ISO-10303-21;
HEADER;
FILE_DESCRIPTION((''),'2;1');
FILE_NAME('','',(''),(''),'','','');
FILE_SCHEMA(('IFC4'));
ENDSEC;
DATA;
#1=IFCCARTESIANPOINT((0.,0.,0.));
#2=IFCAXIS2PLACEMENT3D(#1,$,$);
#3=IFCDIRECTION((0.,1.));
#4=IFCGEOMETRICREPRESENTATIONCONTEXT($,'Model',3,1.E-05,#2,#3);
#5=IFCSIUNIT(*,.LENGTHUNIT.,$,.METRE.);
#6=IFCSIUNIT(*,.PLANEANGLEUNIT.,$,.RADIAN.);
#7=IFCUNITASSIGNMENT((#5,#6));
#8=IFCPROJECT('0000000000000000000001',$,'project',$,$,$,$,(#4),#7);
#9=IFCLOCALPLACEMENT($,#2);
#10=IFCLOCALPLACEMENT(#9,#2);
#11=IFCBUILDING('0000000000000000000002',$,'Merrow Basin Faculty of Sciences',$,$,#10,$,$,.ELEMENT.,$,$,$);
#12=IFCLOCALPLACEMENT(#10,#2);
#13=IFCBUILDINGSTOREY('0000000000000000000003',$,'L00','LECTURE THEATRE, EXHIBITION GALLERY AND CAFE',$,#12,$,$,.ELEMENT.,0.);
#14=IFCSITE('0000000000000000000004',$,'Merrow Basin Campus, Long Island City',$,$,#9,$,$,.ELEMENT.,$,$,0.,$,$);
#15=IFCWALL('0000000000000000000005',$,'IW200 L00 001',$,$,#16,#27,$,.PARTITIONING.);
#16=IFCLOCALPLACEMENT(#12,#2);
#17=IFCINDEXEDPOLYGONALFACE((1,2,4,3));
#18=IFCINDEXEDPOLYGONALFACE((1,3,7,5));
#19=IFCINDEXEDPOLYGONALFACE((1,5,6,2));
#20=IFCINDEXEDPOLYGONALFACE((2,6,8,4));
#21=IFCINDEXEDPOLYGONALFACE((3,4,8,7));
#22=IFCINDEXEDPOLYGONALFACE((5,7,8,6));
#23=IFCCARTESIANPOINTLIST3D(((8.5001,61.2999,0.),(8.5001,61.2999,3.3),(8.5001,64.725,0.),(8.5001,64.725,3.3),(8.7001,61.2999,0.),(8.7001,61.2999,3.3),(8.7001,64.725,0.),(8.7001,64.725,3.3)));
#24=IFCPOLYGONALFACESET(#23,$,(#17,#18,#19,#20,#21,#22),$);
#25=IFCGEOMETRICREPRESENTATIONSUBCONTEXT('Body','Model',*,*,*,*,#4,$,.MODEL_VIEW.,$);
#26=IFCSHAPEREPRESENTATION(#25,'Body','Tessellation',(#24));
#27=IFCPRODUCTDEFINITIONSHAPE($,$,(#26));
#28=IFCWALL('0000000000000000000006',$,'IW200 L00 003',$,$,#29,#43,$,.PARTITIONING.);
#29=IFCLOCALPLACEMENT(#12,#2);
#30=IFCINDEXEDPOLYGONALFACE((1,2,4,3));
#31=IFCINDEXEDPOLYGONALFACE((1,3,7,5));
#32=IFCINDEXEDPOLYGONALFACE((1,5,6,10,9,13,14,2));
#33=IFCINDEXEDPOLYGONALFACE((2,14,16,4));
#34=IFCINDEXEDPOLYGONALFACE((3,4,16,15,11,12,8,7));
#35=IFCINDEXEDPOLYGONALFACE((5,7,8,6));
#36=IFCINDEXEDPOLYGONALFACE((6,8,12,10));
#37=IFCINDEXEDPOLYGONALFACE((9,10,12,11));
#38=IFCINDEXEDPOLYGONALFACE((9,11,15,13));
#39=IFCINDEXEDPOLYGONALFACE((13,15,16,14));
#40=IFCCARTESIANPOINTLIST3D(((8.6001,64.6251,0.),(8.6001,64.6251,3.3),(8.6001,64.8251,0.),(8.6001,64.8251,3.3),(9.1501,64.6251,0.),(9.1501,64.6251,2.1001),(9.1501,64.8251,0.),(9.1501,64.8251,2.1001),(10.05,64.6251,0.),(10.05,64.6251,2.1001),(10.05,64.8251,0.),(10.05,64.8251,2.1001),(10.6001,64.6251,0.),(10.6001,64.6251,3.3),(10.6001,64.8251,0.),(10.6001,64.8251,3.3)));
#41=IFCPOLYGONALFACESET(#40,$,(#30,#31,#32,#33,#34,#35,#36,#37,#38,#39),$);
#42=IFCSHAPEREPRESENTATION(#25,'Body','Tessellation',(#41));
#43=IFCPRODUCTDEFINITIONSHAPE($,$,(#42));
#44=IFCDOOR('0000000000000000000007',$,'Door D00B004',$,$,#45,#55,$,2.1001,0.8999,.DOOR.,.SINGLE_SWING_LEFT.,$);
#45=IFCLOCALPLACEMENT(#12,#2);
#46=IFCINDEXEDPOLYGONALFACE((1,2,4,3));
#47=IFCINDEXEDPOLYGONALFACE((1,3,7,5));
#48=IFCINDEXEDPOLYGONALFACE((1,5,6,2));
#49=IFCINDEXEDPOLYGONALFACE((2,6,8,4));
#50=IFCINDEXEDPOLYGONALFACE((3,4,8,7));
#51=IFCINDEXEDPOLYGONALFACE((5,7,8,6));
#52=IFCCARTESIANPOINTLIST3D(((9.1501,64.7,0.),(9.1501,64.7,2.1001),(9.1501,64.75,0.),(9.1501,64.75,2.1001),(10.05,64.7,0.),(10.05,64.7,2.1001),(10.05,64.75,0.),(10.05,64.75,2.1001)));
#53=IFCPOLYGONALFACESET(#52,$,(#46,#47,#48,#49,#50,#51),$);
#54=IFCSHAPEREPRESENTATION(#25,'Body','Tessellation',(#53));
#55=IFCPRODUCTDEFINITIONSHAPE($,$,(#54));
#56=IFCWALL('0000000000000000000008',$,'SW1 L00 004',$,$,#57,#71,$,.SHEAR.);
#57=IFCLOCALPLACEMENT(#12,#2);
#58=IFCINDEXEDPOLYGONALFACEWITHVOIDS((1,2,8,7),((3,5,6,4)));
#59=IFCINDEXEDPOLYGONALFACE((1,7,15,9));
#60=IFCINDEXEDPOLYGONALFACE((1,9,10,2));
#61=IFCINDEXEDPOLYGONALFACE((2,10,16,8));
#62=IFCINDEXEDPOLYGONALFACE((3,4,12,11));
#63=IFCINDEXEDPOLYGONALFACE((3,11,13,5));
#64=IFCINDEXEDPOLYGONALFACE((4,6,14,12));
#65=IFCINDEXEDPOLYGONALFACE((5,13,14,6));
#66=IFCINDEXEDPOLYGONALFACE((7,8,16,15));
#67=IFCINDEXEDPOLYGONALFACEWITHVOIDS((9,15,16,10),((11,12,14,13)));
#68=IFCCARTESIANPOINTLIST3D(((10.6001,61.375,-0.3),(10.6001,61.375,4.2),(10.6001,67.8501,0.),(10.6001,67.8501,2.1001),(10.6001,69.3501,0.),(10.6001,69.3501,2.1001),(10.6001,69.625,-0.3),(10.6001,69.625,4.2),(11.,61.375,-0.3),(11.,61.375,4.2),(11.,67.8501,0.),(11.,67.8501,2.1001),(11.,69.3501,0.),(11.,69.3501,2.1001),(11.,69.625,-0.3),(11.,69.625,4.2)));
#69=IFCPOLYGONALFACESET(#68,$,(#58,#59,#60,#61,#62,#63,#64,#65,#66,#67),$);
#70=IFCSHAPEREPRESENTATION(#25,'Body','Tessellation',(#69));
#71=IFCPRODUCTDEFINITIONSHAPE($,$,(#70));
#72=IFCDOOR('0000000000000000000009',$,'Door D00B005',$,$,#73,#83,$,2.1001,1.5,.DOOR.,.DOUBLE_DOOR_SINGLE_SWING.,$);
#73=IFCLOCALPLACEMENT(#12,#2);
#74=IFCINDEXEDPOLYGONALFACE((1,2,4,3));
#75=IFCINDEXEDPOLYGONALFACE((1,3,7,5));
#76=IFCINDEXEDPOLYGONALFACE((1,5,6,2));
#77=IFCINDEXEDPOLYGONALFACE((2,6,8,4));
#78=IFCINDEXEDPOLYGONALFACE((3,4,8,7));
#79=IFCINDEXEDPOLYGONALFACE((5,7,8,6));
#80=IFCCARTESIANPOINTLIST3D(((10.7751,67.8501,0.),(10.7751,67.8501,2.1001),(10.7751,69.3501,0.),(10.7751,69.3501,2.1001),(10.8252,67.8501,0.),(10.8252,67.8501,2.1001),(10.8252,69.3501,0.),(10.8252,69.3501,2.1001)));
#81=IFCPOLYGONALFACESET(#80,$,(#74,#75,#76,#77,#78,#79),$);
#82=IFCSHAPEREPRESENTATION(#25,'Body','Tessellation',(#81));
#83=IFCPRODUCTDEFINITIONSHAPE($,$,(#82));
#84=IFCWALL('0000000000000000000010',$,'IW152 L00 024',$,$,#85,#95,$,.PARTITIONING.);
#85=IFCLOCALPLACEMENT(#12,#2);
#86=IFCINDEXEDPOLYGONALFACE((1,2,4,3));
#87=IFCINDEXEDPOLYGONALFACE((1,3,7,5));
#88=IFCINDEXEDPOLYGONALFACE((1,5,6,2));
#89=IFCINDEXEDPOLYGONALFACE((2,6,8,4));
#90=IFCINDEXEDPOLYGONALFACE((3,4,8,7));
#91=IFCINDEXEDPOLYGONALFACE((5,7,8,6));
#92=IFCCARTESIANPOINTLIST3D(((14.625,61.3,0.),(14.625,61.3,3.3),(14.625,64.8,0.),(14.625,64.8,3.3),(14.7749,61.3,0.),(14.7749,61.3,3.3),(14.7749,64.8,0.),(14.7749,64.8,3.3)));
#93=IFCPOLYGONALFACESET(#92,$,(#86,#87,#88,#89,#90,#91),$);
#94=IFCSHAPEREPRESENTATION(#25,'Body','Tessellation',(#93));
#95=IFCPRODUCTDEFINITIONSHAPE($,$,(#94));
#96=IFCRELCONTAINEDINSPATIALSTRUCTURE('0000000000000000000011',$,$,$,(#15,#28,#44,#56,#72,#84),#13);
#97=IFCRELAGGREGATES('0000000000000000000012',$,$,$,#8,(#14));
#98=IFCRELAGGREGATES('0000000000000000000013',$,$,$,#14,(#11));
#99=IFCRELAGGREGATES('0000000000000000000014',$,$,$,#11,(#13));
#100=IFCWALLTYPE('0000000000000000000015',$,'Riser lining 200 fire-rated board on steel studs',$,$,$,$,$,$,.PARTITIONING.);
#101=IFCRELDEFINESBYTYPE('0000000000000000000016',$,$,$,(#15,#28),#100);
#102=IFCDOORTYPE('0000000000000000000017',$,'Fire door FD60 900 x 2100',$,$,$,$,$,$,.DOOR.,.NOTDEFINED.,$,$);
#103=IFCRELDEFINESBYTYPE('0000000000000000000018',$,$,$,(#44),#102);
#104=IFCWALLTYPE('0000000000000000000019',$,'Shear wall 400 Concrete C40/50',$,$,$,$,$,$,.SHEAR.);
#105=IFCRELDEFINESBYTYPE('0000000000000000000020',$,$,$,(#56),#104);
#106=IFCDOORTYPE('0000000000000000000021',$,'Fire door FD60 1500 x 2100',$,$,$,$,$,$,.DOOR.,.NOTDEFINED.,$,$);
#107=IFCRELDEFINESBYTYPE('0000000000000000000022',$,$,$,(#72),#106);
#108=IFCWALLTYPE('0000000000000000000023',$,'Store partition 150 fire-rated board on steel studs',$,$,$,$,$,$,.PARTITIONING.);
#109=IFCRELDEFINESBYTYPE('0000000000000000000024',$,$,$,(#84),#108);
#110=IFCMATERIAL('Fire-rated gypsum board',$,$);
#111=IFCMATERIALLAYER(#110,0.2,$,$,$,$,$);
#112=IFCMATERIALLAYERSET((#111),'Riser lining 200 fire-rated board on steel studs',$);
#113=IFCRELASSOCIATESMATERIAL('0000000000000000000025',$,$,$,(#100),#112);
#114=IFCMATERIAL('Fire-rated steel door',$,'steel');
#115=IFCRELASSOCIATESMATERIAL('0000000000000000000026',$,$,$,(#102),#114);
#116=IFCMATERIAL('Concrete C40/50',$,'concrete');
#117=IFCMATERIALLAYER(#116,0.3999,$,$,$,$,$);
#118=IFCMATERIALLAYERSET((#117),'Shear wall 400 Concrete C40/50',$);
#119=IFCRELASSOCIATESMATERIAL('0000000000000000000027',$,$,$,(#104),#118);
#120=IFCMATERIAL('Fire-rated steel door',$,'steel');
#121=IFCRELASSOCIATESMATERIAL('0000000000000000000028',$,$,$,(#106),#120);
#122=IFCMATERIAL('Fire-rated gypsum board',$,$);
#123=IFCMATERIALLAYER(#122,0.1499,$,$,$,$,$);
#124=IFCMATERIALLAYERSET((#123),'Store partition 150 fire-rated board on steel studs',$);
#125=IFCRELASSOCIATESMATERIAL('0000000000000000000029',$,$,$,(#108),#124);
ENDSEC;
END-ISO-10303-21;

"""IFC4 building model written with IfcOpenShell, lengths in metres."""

from ifc_helpers import new_model, si_unit, direction, frame, frame_2d, origin, place, context, subcontext, project, spatial, rectangle, extrude, material, layer, layer_set, type_object, element, fill, save


model = new_model("IFC4")

# Units and contexts
model_context = context("Model", 3, precision=1e-05, world=origin(), true_north=direction((0.0, 1.0)))
body_context = subcontext(model_context, "Body", "Model", "MODEL_VIEW")
ifc_project = project(units=[si_unit("LENGTHUNIT", "METRE"), si_unit("PLANEANGLEUNIT", "RADIAN")], contexts=[model_context])

# Site, building, storey
site_placement = place(None, origin())
site = spatial("IfcSite", under=ifc_project, at=site_placement, Name="Merrow Basin Campus, Long Island City", CompositionType="ELEMENT", RefElevation=0.0)
building_placement = place(site_placement, origin())
building = spatial("IfcBuilding", under=site, at=building_placement, Name="Merrow Basin Faculty of Sciences", CompositionType="ELEMENT")
storey_placement = place(building_placement, origin())
storey = spatial("IfcBuildingStorey", under=building, at=storey_placement, Name="L00", Description="LECTURE THEATRE, EXHIBITION GALLERY AND CAFE", CompositionType="ELEMENT", Elevation=0.0)

# Wall
ifc_material_1 = material(Name="Fire-rated gypsum board")
ifc_layer_1 = layer(ifc_material_1, 0.2)
ifc_layer_set_1 = layer_set([ifc_layer_1], Name="Riser lining 200 fire-rated board on steel studs")
wall_type_1 = type_object("IfcWallType", Name="Riser lining 200 fire-rated board on steel studs", PredefinedType="PARTITIONING", material=ifc_layer_set_1)
wall_1_placement = place(storey_placement, frame((8.6001, 61.3, 0.0), z_axis=(0.0, 0.0, 1.0), x_axis=(0.0, 1.0, 0.0)))
element("IfcWall", 1, at=wall_1_placement, inside=storey, type_object=wall_type_1, Name="IW200 L00 001", PredefinedType="PARTITIONING", context=body_context, shape_type="SweptSolid", body=[
    extrude(rectangle(XDim=3.425, YDim=0.2, at=frame_2d((1.7124, 0.0))), origin(), (0.0, 0.0, 1.0), 3.3),
])

# Walls, openings, doors
wall_2_placement = place(storey_placement, frame((8.6001, 64.7251, 0.0), z_axis=(0.0, 0.0, 1.0), x_axis=(1.0, 0.0, 0.0)))
wall_2 = element("IfcWall", 2, at=wall_2_placement, inside=storey, type_object=wall_type_1, Name="IW200 L00 003", PredefinedType="PARTITIONING", context=body_context, shape_type="SweptSolid", body=[
    extrude(rectangle(XDim=2.0, YDim=0.2, at=frame_2d((1.0, 0.0))), origin(), (0.0, 0.0, 1.0), 3.3),
])
opening_1_placement = place(wall_2_placement, frame((0.55, 0.0, 0.0)))
opening_1 = element("IfcOpeningElement", 3, at=opening_1_placement, cuts=wall_2, PredefinedType="OPENING", context=body_context, shape_type="SweptSolid", body=[
    extrude(rectangle(XDim=0.8999, YDim=2.1001, at=frame_2d((0.45, 1.05))), frame((0.0, 0.1099, 0.0), z_axis=(0.0, -1.0, 0.0), x_axis=(1.0, 0.0, 0.0)), (0.0, 0.0, 1.0), 0.22),
])
ifc_material_2 = material(Name="Fire-rated steel door", Category="steel")
door_type_1 = type_object("IfcDoorType", Name="Fire door FD60 900 x 2100", OperationType="NOTDEFINED", PredefinedType="DOOR", material=ifc_material_2)
door_1_placement = place(opening_1_placement, origin())
door_1 = element("IfcDoor", 4, at=door_1_placement, inside=storey, type_object=door_type_1, Name="Door D00B004", OperationType="SINGLE_SWING_LEFT", OverallHeight=2.1001, OverallWidth=0.8999, PredefinedType="DOOR", context=body_context, shape_type="SweptSolid", body=[
    extrude(rectangle(XDim=0.8999, YDim=2.1001, at=frame_2d((0.45, 1.05))), frame((0.0, 0.0249, 0.0), z_axis=(0.0, -1.0, 0.0), x_axis=(1.0, 0.0, 0.0)), (0.0, 0.0, 1.0), 0.05),
])
fill(opening_1, door_1)
ifc_material_3 = material(Name="Concrete C40/50", Category="concrete")
ifc_layer_2 = layer(ifc_material_3, 0.3999)
ifc_layer_set_2 = layer_set([ifc_layer_2], Name="Shear wall 400 Concrete C40/50")
wall_type_2 = type_object("IfcWallType", Name="Shear wall 400 Concrete C40/50", PredefinedType="SHEAR", material=ifc_layer_set_2)
wall_3_placement = place(storey_placement, frame((10.8, 61.375, -0.3), z_axis=(0.0, 0.0, 1.0), x_axis=(0.0, 1.0, 0.0)))
wall_3 = element("IfcWall", 5, at=wall_3_placement, inside=storey, type_object=wall_type_2, Name="SW1 L00 004", PredefinedType="SHEAR", context=body_context, shape_type="SweptSolid", body=[
    extrude(rectangle(XDim=8.25, YDim=0.3999, at=frame_2d((4.125, 0.0))), origin(), (0.0, 0.0, 1.0), 4.5),
])
opening_2_placement = place(wall_3_placement, frame((6.4751, 0.0, 0.3)))
opening_2 = element("IfcOpeningElement", 6, at=opening_2_placement, cuts=wall_3, PredefinedType="OPENING", context=body_context, shape_type="SweptSolid", body=[
    extrude(rectangle(XDim=1.5, YDim=2.1001, at=frame_2d((0.75, 1.05))), frame((0.0, 0.21, 0.0), z_axis=(0.0, -1.0, 0.0), x_axis=(1.0, 0.0, 0.0)), (0.0, 0.0, 1.0), 0.4199),
])
ifc_material_4 = material(Name="Fire-rated steel door", Category="steel")
door_type_2 = type_object("IfcDoorType", Name="Fire door FD60 1500 x 2100", OperationType="NOTDEFINED", PredefinedType="DOOR", material=ifc_material_4)
door_2_placement = place(opening_2_placement, origin())
door_2 = element("IfcDoor", 7, at=door_2_placement, inside=storey, type_object=door_type_2, Name="Door D00B005", OperationType="DOUBLE_DOOR_SINGLE_SWING", OverallHeight=2.1001, OverallWidth=1.5, PredefinedType="DOOR", context=body_context, shape_type="SweptSolid", body=[
    extrude(rectangle(XDim=1.5, YDim=2.1001, at=frame_2d((0.75, 1.05))), frame((0.0, 0.0249, 0.0), z_axis=(0.0, -1.0, 0.0), x_axis=(1.0, 0.0, 0.0)), (0.0, 0.0, 1.0), 0.05),
])
fill(opening_2, door_2)

# Wall
ifc_material_5 = material(Name="Fire-rated gypsum board")
ifc_layer_3 = layer(ifc_material_5, 0.1499)
ifc_layer_set_3 = layer_set([ifc_layer_3], Name="Store partition 150 fire-rated board on steel studs")
wall_type_3 = type_object("IfcWallType", Name="Store partition 150 fire-rated board on steel studs", PredefinedType="PARTITIONING", material=ifc_layer_set_3)
wall_4_placement = place(storey_placement, frame((14.7, 61.3, 0.0), z_axis=(0.0, 0.0, 1.0), x_axis=(0.0, 1.0, 0.0)))
element("IfcWall", 8, at=wall_4_placement, inside=storey, type_object=wall_type_3, Name="IW152 L00 024", PredefinedType="PARTITIONING", context=body_context, shape_type="SweptSolid", body=[
    extrude(rectangle(XDim=3.5, YDim=0.1499, at=frame_2d((1.75, 0.0))), origin(), (0.0, 0.0, 1.0), 3.3),
])

save(model, "model.ifc")
